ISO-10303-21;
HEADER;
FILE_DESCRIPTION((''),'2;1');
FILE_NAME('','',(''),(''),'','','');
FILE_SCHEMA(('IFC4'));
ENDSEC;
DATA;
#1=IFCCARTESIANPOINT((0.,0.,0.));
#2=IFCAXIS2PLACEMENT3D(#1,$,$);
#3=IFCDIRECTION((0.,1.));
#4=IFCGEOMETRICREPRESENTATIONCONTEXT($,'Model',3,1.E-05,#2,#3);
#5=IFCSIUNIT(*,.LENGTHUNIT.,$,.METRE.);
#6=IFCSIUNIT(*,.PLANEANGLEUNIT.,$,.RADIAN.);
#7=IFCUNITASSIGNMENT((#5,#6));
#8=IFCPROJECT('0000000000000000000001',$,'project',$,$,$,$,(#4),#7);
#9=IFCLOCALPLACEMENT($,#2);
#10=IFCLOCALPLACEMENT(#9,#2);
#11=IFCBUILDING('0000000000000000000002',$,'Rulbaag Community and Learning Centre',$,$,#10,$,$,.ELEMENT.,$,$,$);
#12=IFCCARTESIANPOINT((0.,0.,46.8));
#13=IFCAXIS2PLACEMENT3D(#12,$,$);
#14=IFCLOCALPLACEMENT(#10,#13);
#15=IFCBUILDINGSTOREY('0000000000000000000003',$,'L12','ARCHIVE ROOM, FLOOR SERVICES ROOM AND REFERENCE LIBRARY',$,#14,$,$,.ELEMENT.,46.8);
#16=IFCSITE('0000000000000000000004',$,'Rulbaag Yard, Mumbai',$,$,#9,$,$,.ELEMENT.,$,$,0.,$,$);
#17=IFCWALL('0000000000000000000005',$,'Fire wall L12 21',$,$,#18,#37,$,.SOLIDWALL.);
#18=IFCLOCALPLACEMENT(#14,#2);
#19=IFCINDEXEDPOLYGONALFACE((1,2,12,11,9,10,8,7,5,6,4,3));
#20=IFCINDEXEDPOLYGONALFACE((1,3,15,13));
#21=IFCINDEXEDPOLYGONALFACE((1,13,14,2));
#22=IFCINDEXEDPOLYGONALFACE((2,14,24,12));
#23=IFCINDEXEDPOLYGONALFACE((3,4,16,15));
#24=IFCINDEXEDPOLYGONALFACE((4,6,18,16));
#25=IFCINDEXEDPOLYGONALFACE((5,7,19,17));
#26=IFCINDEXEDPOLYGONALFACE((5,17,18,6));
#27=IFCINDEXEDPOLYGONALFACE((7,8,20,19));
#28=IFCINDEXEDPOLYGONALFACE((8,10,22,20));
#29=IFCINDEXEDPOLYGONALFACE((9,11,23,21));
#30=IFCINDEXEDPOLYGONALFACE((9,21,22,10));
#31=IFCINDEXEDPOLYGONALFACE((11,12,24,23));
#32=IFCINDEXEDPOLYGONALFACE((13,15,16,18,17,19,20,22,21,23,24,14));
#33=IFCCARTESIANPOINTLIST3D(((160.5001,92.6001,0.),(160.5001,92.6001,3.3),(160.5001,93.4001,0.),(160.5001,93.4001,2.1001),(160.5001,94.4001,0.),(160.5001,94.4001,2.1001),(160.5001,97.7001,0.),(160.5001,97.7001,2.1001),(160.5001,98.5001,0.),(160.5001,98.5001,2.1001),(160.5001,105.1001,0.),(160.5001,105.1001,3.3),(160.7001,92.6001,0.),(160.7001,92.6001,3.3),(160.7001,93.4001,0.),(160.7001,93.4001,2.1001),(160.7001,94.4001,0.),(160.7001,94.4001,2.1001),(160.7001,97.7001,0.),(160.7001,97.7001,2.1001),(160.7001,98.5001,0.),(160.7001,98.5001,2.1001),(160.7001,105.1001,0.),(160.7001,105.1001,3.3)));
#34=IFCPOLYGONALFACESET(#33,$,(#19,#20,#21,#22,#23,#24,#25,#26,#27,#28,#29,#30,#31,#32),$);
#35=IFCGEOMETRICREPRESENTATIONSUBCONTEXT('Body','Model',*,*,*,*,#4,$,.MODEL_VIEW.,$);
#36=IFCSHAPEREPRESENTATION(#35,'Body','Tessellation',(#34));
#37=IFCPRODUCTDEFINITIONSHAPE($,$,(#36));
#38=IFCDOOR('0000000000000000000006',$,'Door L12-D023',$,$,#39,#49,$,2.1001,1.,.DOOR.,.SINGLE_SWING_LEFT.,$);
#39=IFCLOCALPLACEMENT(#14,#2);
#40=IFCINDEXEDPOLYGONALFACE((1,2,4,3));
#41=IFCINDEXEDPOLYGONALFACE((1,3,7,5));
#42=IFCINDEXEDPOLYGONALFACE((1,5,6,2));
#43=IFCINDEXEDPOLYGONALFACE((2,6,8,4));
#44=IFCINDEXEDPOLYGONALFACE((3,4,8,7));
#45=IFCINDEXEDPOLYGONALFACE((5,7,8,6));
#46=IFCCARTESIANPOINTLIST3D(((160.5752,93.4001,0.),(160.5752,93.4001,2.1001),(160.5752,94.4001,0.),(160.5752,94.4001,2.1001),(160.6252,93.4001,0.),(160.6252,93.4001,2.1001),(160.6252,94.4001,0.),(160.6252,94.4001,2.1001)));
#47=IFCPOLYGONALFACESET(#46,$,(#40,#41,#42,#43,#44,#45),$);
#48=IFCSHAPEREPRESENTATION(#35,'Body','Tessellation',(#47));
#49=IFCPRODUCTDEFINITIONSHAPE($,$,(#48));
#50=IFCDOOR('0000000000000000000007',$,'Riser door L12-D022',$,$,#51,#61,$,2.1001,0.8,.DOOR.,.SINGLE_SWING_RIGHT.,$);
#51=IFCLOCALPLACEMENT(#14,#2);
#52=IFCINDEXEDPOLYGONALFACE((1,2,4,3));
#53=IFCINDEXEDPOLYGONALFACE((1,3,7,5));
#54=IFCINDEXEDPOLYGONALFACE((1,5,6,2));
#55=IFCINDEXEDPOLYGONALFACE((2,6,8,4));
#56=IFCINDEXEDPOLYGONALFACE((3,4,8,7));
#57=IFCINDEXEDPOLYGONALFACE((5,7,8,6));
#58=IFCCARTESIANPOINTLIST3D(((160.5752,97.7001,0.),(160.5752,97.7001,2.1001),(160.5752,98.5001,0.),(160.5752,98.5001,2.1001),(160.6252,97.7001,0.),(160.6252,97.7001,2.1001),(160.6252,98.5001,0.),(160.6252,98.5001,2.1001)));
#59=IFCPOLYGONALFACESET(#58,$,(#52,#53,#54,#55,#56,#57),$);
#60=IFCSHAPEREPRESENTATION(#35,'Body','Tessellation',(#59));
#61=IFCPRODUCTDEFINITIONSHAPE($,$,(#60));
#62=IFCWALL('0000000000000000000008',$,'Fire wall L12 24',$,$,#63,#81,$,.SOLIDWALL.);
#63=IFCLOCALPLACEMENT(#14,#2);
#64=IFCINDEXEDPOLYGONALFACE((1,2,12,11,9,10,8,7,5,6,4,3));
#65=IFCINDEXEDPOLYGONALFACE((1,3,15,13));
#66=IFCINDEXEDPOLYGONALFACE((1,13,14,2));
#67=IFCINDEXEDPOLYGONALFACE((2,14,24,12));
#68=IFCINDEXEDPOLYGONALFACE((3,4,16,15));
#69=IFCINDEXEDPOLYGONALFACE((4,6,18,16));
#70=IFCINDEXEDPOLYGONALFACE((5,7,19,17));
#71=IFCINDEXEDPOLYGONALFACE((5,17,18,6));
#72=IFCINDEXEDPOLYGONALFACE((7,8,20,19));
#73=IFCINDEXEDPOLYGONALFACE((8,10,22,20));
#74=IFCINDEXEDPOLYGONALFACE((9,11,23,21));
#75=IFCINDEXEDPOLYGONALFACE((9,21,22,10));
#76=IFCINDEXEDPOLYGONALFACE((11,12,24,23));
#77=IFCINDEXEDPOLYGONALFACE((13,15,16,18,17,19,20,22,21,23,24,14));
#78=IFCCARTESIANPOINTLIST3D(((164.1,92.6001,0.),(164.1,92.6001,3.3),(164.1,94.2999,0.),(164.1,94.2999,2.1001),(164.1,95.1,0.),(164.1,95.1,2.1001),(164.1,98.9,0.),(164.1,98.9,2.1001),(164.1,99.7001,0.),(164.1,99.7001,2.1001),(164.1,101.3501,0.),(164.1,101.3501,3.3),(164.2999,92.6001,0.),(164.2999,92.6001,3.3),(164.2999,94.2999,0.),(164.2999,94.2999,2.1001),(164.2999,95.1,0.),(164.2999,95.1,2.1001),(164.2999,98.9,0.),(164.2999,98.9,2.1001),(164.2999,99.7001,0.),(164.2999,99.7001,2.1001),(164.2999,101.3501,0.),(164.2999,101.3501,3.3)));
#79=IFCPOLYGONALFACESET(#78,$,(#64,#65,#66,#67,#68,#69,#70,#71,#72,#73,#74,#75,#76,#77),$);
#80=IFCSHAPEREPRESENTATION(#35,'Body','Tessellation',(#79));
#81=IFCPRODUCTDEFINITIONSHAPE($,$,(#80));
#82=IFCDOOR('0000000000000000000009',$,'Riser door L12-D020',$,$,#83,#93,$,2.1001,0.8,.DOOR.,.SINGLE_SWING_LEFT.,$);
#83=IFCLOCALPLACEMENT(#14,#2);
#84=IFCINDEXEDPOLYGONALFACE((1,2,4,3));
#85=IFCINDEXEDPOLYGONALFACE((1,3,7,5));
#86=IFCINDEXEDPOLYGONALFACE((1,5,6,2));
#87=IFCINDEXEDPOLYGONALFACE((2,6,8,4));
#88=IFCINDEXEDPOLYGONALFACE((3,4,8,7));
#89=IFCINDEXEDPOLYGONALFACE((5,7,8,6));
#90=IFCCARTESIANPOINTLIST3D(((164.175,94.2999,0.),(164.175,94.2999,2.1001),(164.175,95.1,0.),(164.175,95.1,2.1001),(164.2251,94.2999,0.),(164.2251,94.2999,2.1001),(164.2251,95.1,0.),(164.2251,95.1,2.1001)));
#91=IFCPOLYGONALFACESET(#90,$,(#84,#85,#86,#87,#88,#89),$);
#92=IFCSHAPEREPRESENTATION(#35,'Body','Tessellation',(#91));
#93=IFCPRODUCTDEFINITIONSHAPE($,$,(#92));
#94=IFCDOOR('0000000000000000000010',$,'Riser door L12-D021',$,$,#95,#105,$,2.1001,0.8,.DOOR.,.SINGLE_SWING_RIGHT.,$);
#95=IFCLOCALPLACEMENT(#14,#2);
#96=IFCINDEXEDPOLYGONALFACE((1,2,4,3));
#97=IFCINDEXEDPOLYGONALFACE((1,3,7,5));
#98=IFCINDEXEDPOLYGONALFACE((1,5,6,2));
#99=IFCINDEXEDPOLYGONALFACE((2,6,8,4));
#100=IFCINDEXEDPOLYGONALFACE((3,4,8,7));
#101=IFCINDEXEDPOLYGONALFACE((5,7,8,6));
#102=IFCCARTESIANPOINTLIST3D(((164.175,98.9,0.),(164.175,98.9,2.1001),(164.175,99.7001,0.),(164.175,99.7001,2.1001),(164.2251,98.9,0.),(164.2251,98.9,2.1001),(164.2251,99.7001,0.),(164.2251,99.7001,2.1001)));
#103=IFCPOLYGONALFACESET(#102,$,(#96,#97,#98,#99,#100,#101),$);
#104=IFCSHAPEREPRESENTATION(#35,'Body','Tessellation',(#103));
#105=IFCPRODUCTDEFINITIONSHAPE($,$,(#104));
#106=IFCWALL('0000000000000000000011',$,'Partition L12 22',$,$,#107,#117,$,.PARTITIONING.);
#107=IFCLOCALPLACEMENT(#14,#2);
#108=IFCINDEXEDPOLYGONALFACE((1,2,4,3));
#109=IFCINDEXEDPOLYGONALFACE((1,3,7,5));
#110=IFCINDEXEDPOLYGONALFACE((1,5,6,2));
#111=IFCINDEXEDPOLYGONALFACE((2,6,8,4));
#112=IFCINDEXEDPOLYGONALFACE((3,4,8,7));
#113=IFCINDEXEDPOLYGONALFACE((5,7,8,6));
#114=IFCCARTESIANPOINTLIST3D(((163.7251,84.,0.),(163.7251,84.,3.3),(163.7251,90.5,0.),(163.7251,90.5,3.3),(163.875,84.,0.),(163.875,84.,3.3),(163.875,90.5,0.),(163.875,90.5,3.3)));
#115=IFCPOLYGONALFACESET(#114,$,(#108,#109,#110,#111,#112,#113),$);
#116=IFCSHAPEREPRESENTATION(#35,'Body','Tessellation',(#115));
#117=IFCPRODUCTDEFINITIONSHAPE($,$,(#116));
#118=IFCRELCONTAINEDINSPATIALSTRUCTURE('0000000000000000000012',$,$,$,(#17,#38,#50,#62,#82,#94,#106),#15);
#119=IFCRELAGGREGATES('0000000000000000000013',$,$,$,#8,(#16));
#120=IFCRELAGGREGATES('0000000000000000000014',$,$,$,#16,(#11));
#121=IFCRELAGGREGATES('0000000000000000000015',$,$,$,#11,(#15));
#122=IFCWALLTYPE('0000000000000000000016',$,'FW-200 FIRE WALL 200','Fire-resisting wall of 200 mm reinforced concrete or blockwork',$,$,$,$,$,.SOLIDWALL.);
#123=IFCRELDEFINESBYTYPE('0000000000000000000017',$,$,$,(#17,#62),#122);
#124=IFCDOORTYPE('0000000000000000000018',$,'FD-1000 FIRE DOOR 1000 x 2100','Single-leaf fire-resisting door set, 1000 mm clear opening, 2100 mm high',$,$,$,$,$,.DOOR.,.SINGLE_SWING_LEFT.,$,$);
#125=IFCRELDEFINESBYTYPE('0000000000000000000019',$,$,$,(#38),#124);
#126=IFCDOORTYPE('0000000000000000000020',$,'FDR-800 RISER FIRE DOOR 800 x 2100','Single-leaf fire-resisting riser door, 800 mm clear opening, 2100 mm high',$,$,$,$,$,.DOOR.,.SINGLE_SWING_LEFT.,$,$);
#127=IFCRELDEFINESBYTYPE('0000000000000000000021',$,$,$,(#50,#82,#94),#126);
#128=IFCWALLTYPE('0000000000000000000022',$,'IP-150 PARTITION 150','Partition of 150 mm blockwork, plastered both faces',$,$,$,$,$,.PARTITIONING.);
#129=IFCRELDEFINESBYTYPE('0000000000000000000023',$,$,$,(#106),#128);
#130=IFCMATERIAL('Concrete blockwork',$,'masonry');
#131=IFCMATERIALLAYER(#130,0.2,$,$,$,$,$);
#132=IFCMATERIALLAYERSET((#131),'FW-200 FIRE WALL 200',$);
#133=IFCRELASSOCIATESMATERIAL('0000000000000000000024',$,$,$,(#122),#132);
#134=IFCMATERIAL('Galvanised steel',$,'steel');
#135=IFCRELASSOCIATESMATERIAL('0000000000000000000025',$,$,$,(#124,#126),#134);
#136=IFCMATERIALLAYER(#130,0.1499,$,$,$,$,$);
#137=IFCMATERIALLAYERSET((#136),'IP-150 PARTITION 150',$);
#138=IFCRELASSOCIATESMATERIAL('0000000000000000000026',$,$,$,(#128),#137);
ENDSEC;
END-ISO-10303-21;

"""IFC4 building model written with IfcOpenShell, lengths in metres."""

from ifc_helpers import new_model, si_unit, direction, frame, frame_2d, origin, place, context, subcontext, project, spatial, rectangle, extrude, material, layer, layer_set, type_object, element, fill, save


model = new_model("IFC4")

# Units and contexts
model_context = context("Model", 3, precision=1e-05, world=origin(), true_north=direction((0.0, 1.0)))
body_context = subcontext(model_context, "Body", "Model", "MODEL_VIEW")
ifc_project = project(units=[si_unit("LENGTHUNIT", "METRE"), si_unit("PLANEANGLEUNIT", "RADIAN")], contexts=[model_context])

# Site, building, storey
site_placement = place(None, origin())
site = spatial("IfcSite", under=ifc_project, at=site_placement, Name="Rulbaag Yard, Mumbai", CompositionType="ELEMENT", RefElevation=0.0)
building_placement = place(site_placement, origin())
building = spatial("IfcBuilding", under=site, at=building_placement, Name="Rulbaag Community and Learning Centre", CompositionType="ELEMENT")
storey_placement = place(building_placement, frame((0.0, 0.0, 46.8)))
storey = spatial("IfcBuildingStorey", under=building, at=storey_placement, Name="L12", Description="ARCHIVE ROOM, FLOOR SERVICES ROOM AND REFERENCE LIBRARY", CompositionType="ELEMENT", Elevation=46.8)

# Walls, openings, doors
ifc_material_1 = material(Name="Concrete blockwork", Category="masonry")
ifc_layer_1 = layer(ifc_material_1, 0.2)
ifc_layer_set_1 = layer_set([ifc_layer_1], Name="FW-200 FIRE WALL 200")
wall_type_1 = type_object("IfcWallType", Name="FW-200 FIRE WALL 200", Description="Fire-resisting wall of 200 mm reinforced concrete or blockwork", PredefinedType="SOLIDWALL", material=ifc_layer_set_1)
wall_1_placement = place(storey_placement, frame((160.6001, 92.6001, 0.0), z_axis=(0.0, 0.0, 1.0), x_axis=(0.0, 1.0, 0.0)))
wall_1 = element("IfcWall", 1, at=wall_1_placement, inside=storey, type_object=wall_type_1, Name="Fire wall L12 21", PredefinedType="SOLIDWALL", context=body_context, shape_type="SweptSolid", body=[
    extrude(rectangle(XDim=12.5, YDim=0.2, at=frame_2d((6.25, 0.0))), origin(), (0.0, 0.0, 1.0), 3.3),
])
opening_1_placement = place(wall_1_placement, frame((5.1001, 0.0, 0.0)))
opening_1 = element("IfcOpeningElement", 2, at=opening_1_placement, cuts=wall_1, PredefinedType="OPENING", context=body_context, shape_type="SweptSolid", body=[
    extrude(rectangle(XDim=0.8, YDim=2.1001, at=frame_2d((0.3999, 1.05))), frame((0.0, 0.1099, 0.0), z_axis=(0.0, -1.0, 0.0), x_axis=(1.0, 0.0, 0.0)), (0.0, 0.0, 1.0), 0.22),
])
opening_2_placement = place(wall_1_placement, frame((0.8, 0.0, 0.0)))
opening_2 = element("IfcOpeningElement", 3, at=opening_2_placement, cuts=wall_1, PredefinedType="OPENING", context=body_context, shape_type="SweptSolid", body=[
    extrude(rectangle(XDim=1.0, YDim=2.1001, at=frame_2d((0.5, 1.05))), frame((0.0, 0.1099, 0.0), z_axis=(0.0, -1.0, 0.0), x_axis=(1.0, 0.0, 0.0)), (0.0, 0.0, 1.0), 0.22),
])
ifc_material_2 = material(Name="Galvanised steel", Category="steel")
door_type_1 = type_object("IfcDoorType", Name="FD-1000 FIRE DOOR 1000 x 2100", Description="Single-leaf fire-resisting door set, 1000 mm clear opening, 2100 mm high", OperationType="SINGLE_SWING_LEFT", PredefinedType="DOOR", material=ifc_material_2)
door_1_placement = place(opening_2_placement, origin())
door_1 = element("IfcDoor", 4, at=door_1_placement, inside=storey, type_object=door_type_1, Name="Door L12-D023", OperationType="SINGLE_SWING_LEFT", OverallHeight=2.1001, OverallWidth=1.0, PredefinedType="DOOR", context=body_context, shape_type="SweptSolid", body=[
    extrude(rectangle(XDim=1.0, YDim=2.1001, at=frame_2d((0.5, 1.05))), frame((0.0, 0.0249, 0.0), z_axis=(0.0, -1.0, 0.0), x_axis=(1.0, 0.0, 0.0)), (0.0, 0.0, 1.0), 0.05),
])
fill(opening_2, door_1)
door_type_2 = type_object("IfcDoorType", Name="FDR-800 RISER FIRE DOOR 800 x 2100", Description="Single-leaf fire-resisting riser door, 800 mm clear opening, 2100 mm high", OperationType="SINGLE_SWING_LEFT", PredefinedType="DOOR", material=ifc_material_2)
door_2_placement = place(opening_1_placement, origin())
door_2 = element("IfcDoor", 5, at=door_2_placement, inside=storey, type_object=door_type_2, Name="Riser door L12-D022", OperationType="SINGLE_SWING_RIGHT", OverallHeight=2.1001, OverallWidth=0.8, PredefinedType="DOOR", context=body_context, shape_type="SweptSolid", body=[
    extrude(rectangle(XDim=0.8, YDim=2.1001, at=frame_2d((0.3999, 1.05))), frame((0.0, 0.0249, 0.0), z_axis=(0.0, -1.0, 0.0), x_axis=(1.0, 0.0, 0.0)), (0.0, 0.0, 1.0), 0.05),
])
fill(opening_1, door_2)
wall_2_placement = place(storey_placement, frame((164.2, 92.6001, 0.0), z_axis=(0.0, 0.0, 1.0), x_axis=(0.0, 1.0, 0.0)))
wall_2 = element("IfcWall", 6, at=wall_2_placement, inside=storey, type_object=wall_type_1, Name="Fire wall L12 24", PredefinedType="SOLIDWALL", context=body_context, shape_type="SweptSolid", body=[
    extrude(rectangle(XDim=8.75, YDim=0.2, at=frame_2d((4.375, 0.0))), origin(), (0.0, 0.0, 1.0), 3.3),
])
opening_3_placement = place(wall_2_placement, frame((1.7, 0.0, 0.0)))
opening_3 = element("IfcOpeningElement", 7, at=opening_3_placement, cuts=wall_2, PredefinedType="OPENING", context=body_context, shape_type="SweptSolid", body=[
    extrude(rectangle(XDim=0.8, YDim=2.1001, at=frame_2d((0.3999, 1.05))), frame((0.0, 0.1099, 0.0), z_axis=(0.0, -1.0, 0.0), x_axis=(1.0, 0.0, 0.0)), (0.0, 0.0, 1.0), 0.22),
])
opening_4_placement = place(wall_2_placement, frame((6.3, 0.0, 0.0)))
opening_4 = element("IfcOpeningElement", 8, at=opening_4_placement, cuts=wall_2, PredefinedType="OPENING", context=body_context, shape_type="SweptSolid", body=[
    extrude(rectangle(XDim=0.8, YDim=2.1001, at=frame_2d((0.3999, 1.05))), frame((0.0, 0.1099, 0.0), z_axis=(0.0, -1.0, 0.0), x_axis=(1.0, 0.0, 0.0)), (0.0, 0.0, 1.0), 0.22),
])
door_3_placement = place(opening_3_placement, origin())
door_3 = element("IfcDoor", 9, at=door_3_placement, inside=storey, type_object=door_type_2, Name="Riser door L12-D020", OperationType="SINGLE_SWING_LEFT", OverallHeight=2.1001, OverallWidth=0.8, PredefinedType="DOOR", context=body_context, shape_type="SweptSolid", body=[
    extrude(rectangle(XDim=0.8, YDim=2.1001, at=frame_2d((0.3999, 1.05))), frame((0.0, 0.0249, 0.0), z_axis=(0.0, -1.0, 0.0), x_axis=(1.0, 0.0, 0.0)), (0.0, 0.0, 1.0), 0.05),
])
fill(opening_3, door_3)
door_4_placement = place(opening_4_placement, origin())
door_4 = element("IfcDoor", 10, at=door_4_placement, inside=storey, type_object=door_type_2, Name="Riser door L12-D021", OperationType="SINGLE_SWING_RIGHT", OverallHeight=2.1001, OverallWidth=0.8, PredefinedType="DOOR", context=body_context, shape_type="SweptSolid", body=[
    extrude(rectangle(XDim=0.8, YDim=2.1001, at=frame_2d((0.3999, 1.05))), frame((0.0, 0.0249, 0.0), z_axis=(0.0, -1.0, 0.0), x_axis=(1.0, 0.0, 0.0)), (0.0, 0.0, 1.0), 0.05),
])
fill(opening_4, door_4)

# Wall
ifc_layer_2 = layer(ifc_material_1, 0.1499)
ifc_layer_set_2 = layer_set([ifc_layer_2], Name="IP-150 PARTITION 150")
wall_type_2 = type_object("IfcWallType", Name="IP-150 PARTITION 150", Description="Partition of 150 mm blockwork, plastered both faces", PredefinedType="PARTITIONING", material=ifc_layer_set_2)
wall_3_placement = place(storey_placement, frame((163.8, 84.0, 0.0), z_axis=(0.0, 0.0, 1.0), x_axis=(0.0, 1.0, 0.0)))
element("IfcWall", 11, at=wall_3_placement, inside=storey, type_object=wall_type_2, Name="Partition L12 22", PredefinedType="PARTITIONING", context=body_context, shape_type="SweptSolid", body=[
    extrude(rectangle(XDim=6.5, YDim=0.1499, at=frame_2d((3.25, 0.0))), origin(), (0.0, 0.0, 1.0), 3.3),
])

save(model, "model.ifc")
